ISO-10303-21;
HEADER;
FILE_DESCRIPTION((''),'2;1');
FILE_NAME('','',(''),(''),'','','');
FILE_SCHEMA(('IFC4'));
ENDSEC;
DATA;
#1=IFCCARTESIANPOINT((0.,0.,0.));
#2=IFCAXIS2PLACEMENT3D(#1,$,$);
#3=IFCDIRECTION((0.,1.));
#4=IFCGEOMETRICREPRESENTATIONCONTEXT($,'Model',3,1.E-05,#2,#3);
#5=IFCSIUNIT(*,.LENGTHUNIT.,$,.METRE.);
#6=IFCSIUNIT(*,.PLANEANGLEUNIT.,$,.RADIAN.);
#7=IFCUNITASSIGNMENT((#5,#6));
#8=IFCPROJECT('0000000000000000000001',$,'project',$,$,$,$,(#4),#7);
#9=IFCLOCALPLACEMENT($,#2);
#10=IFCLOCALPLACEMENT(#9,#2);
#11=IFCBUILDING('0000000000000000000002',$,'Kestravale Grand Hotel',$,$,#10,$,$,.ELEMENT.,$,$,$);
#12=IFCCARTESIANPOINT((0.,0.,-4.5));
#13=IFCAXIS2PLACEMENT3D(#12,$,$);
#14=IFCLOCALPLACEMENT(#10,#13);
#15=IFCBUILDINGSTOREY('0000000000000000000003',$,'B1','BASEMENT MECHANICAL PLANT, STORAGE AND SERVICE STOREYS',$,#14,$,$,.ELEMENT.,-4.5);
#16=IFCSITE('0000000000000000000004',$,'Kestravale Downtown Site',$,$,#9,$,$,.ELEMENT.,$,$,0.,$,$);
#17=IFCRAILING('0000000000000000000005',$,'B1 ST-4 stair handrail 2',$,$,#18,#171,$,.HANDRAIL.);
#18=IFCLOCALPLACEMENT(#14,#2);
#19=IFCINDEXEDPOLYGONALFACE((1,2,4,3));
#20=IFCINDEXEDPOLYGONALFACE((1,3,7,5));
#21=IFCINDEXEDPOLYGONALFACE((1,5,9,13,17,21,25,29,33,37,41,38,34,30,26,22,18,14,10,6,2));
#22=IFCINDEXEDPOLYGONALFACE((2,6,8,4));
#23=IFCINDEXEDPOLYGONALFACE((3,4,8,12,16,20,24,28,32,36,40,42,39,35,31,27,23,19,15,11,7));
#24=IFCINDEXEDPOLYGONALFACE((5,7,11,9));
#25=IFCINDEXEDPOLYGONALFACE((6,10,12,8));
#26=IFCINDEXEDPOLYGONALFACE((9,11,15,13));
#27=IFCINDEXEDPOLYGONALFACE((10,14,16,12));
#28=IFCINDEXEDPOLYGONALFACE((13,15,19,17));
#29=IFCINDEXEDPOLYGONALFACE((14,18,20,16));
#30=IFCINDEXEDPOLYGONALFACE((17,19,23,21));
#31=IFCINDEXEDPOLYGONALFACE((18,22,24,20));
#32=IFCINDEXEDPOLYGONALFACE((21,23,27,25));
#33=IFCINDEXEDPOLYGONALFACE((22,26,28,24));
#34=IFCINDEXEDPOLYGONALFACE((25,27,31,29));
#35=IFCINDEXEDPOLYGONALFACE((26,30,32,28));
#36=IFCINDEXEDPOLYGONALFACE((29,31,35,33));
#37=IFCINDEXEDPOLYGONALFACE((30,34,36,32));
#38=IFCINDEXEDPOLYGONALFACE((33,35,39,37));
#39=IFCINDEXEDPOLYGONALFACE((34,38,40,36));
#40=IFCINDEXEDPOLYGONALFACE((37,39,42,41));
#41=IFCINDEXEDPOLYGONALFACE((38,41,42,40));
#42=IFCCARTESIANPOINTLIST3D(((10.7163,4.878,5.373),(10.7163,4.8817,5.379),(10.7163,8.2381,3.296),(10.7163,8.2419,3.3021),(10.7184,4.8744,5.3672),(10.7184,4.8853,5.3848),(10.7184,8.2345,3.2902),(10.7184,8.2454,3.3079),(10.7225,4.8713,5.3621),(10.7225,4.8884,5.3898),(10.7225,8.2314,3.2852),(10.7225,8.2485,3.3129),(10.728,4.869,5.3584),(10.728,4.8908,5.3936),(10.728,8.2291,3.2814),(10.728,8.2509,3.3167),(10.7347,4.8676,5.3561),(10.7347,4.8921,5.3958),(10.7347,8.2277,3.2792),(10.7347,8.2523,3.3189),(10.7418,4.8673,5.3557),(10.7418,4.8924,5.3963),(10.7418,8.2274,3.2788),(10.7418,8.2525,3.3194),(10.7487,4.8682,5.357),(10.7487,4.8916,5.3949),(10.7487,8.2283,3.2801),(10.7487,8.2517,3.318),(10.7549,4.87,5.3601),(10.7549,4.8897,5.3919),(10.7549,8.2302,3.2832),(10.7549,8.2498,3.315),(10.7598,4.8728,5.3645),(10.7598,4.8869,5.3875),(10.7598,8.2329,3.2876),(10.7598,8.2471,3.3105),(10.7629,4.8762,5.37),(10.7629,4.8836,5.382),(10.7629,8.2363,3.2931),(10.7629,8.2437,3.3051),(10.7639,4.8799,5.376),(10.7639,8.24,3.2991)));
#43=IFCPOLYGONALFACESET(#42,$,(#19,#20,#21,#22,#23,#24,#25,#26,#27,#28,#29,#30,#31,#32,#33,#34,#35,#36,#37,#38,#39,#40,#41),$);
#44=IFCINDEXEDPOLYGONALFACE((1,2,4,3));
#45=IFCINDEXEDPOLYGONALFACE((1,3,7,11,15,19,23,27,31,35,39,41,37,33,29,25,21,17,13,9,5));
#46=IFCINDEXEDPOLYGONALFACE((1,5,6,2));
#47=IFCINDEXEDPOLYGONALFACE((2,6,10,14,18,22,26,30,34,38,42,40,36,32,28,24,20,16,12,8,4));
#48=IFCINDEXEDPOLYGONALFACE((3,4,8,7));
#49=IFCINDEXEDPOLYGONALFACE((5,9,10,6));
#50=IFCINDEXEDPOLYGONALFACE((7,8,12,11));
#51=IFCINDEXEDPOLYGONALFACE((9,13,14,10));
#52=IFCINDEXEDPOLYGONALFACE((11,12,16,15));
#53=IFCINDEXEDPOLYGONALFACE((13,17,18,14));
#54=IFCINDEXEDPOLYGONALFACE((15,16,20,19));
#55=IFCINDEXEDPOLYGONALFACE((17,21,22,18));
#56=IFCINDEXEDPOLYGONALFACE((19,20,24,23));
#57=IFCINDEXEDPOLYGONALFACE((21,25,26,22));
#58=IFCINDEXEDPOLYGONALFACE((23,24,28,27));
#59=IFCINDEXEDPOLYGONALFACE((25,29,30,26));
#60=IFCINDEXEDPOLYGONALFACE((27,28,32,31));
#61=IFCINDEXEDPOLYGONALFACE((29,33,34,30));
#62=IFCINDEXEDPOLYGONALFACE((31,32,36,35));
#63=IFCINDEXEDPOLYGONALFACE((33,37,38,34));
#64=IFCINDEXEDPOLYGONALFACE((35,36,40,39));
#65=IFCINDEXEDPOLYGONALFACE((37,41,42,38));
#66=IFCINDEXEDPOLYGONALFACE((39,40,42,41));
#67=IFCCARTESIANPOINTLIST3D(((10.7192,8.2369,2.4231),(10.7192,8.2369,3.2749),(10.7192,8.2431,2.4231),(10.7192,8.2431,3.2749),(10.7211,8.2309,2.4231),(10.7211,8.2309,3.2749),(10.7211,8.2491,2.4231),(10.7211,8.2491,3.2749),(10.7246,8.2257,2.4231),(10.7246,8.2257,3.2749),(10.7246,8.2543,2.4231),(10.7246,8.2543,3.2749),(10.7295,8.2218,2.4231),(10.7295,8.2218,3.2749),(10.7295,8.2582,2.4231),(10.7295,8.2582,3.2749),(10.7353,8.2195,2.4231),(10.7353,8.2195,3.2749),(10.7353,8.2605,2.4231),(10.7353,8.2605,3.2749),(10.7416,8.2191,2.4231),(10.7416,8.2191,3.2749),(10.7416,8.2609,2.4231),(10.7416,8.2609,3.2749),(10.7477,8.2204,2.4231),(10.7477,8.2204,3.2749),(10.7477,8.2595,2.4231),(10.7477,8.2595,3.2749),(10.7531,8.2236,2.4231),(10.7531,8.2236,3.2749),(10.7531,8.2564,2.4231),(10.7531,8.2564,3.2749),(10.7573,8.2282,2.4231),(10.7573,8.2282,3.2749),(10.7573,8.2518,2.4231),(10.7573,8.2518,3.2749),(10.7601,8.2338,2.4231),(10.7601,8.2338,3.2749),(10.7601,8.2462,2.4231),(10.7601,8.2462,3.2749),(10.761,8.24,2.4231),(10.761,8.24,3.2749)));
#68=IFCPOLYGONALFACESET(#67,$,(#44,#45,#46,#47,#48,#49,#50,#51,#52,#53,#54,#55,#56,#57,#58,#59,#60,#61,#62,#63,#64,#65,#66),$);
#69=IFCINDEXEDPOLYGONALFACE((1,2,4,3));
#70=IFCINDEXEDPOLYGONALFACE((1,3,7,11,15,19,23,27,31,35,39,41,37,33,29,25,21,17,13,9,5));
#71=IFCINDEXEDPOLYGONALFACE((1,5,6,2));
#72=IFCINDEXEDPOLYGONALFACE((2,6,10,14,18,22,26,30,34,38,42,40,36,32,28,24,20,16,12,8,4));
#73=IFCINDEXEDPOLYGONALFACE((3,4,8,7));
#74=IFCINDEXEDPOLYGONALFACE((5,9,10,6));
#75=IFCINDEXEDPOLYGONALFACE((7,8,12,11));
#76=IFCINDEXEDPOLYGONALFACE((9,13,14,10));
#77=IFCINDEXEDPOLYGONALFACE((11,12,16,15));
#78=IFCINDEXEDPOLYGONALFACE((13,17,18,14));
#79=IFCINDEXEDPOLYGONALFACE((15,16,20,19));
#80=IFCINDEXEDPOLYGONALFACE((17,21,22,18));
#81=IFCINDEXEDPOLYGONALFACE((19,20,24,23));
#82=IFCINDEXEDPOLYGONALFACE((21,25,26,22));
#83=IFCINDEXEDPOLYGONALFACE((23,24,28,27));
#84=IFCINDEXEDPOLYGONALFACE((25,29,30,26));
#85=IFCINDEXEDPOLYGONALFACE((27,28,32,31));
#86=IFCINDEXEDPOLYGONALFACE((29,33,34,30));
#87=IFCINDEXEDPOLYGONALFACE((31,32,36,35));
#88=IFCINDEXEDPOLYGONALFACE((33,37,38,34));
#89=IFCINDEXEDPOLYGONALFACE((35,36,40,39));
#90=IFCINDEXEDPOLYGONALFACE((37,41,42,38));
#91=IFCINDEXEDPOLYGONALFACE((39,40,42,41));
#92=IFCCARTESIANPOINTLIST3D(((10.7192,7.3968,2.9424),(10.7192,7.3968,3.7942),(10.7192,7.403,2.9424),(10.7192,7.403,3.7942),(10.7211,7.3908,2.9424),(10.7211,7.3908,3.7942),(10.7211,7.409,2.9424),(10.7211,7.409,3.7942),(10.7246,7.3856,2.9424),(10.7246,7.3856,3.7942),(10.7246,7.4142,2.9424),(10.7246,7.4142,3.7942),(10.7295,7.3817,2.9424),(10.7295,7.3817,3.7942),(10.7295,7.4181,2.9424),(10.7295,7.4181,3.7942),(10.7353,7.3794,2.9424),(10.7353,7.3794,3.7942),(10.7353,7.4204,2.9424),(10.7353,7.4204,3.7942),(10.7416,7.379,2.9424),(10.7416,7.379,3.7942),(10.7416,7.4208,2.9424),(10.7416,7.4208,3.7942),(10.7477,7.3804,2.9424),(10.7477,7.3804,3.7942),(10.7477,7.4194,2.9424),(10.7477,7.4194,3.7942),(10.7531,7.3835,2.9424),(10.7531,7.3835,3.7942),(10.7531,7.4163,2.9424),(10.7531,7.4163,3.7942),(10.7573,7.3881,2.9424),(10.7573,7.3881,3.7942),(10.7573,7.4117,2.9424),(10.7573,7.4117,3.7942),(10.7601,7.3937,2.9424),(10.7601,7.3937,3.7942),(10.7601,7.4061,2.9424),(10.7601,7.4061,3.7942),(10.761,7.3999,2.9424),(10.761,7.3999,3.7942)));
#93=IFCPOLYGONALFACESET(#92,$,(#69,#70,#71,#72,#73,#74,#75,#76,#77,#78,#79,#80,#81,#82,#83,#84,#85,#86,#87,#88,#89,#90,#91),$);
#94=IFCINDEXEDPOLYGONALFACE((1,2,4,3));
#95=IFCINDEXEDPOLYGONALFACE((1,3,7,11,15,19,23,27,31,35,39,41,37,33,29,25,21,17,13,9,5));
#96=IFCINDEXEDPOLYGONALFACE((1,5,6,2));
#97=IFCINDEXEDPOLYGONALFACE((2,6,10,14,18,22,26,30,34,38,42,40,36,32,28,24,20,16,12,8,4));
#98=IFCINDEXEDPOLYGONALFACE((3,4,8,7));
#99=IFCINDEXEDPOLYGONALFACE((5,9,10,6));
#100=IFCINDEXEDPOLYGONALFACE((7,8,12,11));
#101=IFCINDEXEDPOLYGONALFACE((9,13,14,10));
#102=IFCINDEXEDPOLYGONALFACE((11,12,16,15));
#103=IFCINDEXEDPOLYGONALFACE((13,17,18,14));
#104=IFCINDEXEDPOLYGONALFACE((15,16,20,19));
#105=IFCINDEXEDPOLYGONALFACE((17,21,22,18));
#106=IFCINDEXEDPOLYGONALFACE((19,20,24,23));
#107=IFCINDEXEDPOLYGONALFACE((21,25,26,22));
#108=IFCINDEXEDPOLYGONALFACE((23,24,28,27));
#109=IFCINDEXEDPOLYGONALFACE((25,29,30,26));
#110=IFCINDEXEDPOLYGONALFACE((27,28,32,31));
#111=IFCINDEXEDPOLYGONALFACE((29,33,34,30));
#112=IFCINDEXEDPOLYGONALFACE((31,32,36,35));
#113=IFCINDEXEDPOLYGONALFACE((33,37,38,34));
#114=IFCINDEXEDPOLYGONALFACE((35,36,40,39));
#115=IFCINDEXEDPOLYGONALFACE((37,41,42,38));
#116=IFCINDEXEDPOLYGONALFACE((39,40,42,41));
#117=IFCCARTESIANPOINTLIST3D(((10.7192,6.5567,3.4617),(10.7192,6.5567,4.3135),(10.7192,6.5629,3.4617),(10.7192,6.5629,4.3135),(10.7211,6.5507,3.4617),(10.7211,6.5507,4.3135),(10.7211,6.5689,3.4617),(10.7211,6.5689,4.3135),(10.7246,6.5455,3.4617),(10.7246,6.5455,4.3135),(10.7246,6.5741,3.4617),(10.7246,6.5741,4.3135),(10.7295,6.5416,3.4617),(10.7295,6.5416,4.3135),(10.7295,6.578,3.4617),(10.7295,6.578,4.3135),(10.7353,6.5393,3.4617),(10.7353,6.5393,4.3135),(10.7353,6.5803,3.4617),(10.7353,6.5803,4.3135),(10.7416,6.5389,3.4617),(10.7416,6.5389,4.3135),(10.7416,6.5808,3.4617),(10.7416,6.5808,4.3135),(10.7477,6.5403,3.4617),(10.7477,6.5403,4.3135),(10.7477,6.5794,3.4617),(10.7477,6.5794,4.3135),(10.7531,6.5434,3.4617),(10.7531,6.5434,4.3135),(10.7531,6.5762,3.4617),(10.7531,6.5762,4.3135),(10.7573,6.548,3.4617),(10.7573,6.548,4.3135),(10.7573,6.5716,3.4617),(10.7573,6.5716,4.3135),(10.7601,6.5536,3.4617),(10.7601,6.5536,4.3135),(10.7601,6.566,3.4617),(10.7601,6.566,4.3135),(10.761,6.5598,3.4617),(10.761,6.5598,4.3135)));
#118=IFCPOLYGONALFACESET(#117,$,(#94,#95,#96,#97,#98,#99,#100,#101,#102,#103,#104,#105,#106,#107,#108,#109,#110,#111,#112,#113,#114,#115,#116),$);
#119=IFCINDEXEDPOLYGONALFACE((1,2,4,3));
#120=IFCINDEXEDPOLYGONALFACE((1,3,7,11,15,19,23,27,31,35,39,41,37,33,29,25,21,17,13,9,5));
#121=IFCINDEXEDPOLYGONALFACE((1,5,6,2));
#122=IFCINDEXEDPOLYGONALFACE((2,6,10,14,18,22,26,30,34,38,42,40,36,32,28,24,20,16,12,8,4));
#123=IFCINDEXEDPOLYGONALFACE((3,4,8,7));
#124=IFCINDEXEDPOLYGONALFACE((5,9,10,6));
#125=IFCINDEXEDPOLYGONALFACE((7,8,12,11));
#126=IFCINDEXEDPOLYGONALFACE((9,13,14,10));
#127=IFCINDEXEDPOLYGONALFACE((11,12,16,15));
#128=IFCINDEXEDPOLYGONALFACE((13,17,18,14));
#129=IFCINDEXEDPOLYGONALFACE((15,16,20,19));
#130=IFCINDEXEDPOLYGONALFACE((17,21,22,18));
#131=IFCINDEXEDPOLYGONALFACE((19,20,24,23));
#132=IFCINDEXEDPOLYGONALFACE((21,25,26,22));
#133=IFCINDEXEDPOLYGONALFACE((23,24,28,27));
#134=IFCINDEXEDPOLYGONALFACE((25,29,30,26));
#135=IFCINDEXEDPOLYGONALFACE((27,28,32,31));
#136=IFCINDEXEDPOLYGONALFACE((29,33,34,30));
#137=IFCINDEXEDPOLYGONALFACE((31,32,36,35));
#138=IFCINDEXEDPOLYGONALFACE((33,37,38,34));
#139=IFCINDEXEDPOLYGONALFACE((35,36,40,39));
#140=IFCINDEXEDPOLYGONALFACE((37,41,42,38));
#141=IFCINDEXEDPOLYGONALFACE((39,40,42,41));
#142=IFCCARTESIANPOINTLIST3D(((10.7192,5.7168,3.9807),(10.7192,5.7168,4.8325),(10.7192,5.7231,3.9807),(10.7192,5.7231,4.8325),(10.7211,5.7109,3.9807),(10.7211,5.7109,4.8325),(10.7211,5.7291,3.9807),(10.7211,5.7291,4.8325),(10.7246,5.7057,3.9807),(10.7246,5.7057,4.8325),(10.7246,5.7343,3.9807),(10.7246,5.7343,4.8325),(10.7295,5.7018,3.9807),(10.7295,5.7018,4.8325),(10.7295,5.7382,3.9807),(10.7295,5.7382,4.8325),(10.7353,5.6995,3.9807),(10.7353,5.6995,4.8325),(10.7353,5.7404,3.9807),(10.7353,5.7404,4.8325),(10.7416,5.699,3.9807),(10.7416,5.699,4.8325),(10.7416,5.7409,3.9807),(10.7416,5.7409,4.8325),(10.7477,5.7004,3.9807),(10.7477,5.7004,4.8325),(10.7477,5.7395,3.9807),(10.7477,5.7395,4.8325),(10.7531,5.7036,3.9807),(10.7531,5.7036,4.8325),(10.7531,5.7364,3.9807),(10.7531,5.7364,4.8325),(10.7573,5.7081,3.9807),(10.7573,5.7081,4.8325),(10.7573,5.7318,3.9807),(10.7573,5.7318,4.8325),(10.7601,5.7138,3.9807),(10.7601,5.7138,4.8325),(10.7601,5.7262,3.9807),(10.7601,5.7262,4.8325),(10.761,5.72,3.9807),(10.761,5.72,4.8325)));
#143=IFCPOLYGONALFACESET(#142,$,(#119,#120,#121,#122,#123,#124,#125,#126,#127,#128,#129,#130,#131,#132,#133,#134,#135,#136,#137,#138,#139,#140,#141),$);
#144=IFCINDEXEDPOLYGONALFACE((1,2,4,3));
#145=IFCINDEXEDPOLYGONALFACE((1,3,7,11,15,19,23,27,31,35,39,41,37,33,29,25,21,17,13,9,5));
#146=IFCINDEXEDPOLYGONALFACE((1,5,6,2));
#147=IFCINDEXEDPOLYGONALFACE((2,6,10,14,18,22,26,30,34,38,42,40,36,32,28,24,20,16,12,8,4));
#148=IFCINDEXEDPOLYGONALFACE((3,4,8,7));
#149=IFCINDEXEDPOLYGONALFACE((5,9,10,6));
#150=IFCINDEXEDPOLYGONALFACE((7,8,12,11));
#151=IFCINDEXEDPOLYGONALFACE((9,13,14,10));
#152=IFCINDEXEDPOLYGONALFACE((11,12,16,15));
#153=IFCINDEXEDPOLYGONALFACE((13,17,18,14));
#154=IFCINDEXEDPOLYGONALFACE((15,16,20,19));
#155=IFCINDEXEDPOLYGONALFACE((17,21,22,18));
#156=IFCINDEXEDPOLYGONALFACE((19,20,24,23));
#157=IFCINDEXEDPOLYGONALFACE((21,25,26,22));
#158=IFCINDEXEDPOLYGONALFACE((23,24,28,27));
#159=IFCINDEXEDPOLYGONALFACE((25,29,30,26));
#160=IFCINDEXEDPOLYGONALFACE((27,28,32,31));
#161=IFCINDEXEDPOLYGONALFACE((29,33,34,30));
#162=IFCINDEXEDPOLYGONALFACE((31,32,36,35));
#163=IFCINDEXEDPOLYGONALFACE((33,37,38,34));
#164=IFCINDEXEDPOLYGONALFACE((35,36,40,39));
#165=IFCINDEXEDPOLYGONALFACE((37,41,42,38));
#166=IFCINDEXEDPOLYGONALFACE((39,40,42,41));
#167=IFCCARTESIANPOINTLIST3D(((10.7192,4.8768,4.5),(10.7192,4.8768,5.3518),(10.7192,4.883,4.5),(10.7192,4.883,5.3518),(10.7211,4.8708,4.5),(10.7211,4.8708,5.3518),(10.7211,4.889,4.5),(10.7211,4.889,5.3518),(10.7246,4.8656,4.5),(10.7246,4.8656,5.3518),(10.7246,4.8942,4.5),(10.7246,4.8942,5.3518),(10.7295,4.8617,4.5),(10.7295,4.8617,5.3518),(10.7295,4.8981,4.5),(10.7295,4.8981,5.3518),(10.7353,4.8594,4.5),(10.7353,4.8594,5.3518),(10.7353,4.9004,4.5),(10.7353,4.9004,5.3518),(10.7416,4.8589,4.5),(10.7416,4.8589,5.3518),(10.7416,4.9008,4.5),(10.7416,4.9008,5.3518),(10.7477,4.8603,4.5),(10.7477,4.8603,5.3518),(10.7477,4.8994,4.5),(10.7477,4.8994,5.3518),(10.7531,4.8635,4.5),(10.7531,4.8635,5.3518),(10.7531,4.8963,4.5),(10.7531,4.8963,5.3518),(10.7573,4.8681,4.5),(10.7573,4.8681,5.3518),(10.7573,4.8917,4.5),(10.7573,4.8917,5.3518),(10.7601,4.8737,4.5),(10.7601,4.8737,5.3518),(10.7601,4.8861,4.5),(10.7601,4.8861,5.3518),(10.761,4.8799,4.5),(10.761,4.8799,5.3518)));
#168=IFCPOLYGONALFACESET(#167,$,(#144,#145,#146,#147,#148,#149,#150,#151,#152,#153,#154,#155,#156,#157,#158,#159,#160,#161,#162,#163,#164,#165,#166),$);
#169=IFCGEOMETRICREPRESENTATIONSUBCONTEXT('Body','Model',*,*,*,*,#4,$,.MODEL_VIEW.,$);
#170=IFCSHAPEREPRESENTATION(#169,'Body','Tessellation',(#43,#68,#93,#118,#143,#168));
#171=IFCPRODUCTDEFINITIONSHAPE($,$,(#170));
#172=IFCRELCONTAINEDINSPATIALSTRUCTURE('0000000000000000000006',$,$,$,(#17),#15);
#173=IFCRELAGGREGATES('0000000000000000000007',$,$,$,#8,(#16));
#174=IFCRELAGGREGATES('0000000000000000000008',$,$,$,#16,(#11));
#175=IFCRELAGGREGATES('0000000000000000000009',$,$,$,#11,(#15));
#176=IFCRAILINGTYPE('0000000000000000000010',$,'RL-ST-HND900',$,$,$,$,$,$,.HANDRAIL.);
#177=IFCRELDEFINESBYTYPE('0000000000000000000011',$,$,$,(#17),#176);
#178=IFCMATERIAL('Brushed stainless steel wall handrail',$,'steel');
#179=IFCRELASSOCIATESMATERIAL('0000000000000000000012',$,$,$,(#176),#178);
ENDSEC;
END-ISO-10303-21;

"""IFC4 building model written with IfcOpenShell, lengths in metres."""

from ifc_helpers import new_model, si_unit, direction, frame, origin, origin_2d, place, context, subcontext, project, spatial, circle, extrude, material, type_object, element, save


model = new_model("IFC4")

# Units and contexts
model_context = context("Model", 3, precision=1e-05, world=origin(), true_north=direction((0.0, 1.0)))
body_context = subcontext(model_context, "Body", "Model", "MODEL_VIEW")
ifc_project = project(units=[si_unit("LENGTHUNIT", "METRE"), si_unit("PLANEANGLEUNIT", "RADIAN")], contexts=[model_context])

# Site, building, storey
site_placement = place(None, origin())
site = spatial("IfcSite", under=ifc_project, at=site_placement, Name="Kestravale Downtown Site", CompositionType="ELEMENT", RefElevation=0.0)
building_placement = place(site_placement, origin())
building = spatial("IfcBuilding", under=site, at=building_placement, Name="Kestravale Grand Hotel", CompositionType="ELEMENT")
storey_placement = place(building_placement, frame((0.0, 0.0, -4.5)))
storey = spatial("IfcBuildingStorey", under=building, at=storey_placement, Name="B1", Description="BASEMENT MECHANICAL PLANT, STORAGE AND SERVICE STOREYS", CompositionType="ELEMENT", Elevation=-4.5)

# Railing
ifc_material_1 = material(Name="Brushed stainless steel wall handrail", Category="steel")
railing_type_1 = type_object("IfcRailingType", Name="RL-ST-HND900", PredefinedType="HANDRAIL", material=ifc_material_1)
railing_1_placement = place(storey_placement, frame((10.74, 8.24, 2.4231)))
element("IfcRailing", 1, at=railing_1_placement, inside=storey, type_object=railing_type_1, Name="B1 ST-4 stair handrail 2", PredefinedType="HANDRAIL", context=body_context, shape_type="SweptSolid", body=[
    extrude(circle(Radius=0.0239, at=origin_2d()), frame((0.0, 0.0, 0.876), z_axis=(0.0, -0.850623, 0.525776), x_axis=(1.0, 0.0, 0.0)), (0.0, 0.0, 1.0), 3.9502),
    extrude(circle(Radius=0.021, at=origin_2d()), origin(), (0.0, 0.0, 1.0), 0.8518),
    extrude(circle(Radius=0.021, at=origin_2d()), frame((0.0, -0.8401, 0.5193)), (0.0, 0.0, 1.0), 0.8518),
    extrude(circle(Radius=0.021, at=origin_2d()), frame((0.0, -1.6802, 1.0386)), (0.0, 0.0, 1.0), 0.8518),
    extrude(circle(Radius=0.021, at=origin_2d()), frame((0.0, -2.52, 1.5576)), (0.0, 0.0, 1.0), 0.8518),
    extrude(circle(Radius=0.021, at=origin_2d()), frame((0.0, -3.3601, 2.0769)), (0.0, 0.0, 1.0), 0.8518),
])

save(model, "model.ifc")
